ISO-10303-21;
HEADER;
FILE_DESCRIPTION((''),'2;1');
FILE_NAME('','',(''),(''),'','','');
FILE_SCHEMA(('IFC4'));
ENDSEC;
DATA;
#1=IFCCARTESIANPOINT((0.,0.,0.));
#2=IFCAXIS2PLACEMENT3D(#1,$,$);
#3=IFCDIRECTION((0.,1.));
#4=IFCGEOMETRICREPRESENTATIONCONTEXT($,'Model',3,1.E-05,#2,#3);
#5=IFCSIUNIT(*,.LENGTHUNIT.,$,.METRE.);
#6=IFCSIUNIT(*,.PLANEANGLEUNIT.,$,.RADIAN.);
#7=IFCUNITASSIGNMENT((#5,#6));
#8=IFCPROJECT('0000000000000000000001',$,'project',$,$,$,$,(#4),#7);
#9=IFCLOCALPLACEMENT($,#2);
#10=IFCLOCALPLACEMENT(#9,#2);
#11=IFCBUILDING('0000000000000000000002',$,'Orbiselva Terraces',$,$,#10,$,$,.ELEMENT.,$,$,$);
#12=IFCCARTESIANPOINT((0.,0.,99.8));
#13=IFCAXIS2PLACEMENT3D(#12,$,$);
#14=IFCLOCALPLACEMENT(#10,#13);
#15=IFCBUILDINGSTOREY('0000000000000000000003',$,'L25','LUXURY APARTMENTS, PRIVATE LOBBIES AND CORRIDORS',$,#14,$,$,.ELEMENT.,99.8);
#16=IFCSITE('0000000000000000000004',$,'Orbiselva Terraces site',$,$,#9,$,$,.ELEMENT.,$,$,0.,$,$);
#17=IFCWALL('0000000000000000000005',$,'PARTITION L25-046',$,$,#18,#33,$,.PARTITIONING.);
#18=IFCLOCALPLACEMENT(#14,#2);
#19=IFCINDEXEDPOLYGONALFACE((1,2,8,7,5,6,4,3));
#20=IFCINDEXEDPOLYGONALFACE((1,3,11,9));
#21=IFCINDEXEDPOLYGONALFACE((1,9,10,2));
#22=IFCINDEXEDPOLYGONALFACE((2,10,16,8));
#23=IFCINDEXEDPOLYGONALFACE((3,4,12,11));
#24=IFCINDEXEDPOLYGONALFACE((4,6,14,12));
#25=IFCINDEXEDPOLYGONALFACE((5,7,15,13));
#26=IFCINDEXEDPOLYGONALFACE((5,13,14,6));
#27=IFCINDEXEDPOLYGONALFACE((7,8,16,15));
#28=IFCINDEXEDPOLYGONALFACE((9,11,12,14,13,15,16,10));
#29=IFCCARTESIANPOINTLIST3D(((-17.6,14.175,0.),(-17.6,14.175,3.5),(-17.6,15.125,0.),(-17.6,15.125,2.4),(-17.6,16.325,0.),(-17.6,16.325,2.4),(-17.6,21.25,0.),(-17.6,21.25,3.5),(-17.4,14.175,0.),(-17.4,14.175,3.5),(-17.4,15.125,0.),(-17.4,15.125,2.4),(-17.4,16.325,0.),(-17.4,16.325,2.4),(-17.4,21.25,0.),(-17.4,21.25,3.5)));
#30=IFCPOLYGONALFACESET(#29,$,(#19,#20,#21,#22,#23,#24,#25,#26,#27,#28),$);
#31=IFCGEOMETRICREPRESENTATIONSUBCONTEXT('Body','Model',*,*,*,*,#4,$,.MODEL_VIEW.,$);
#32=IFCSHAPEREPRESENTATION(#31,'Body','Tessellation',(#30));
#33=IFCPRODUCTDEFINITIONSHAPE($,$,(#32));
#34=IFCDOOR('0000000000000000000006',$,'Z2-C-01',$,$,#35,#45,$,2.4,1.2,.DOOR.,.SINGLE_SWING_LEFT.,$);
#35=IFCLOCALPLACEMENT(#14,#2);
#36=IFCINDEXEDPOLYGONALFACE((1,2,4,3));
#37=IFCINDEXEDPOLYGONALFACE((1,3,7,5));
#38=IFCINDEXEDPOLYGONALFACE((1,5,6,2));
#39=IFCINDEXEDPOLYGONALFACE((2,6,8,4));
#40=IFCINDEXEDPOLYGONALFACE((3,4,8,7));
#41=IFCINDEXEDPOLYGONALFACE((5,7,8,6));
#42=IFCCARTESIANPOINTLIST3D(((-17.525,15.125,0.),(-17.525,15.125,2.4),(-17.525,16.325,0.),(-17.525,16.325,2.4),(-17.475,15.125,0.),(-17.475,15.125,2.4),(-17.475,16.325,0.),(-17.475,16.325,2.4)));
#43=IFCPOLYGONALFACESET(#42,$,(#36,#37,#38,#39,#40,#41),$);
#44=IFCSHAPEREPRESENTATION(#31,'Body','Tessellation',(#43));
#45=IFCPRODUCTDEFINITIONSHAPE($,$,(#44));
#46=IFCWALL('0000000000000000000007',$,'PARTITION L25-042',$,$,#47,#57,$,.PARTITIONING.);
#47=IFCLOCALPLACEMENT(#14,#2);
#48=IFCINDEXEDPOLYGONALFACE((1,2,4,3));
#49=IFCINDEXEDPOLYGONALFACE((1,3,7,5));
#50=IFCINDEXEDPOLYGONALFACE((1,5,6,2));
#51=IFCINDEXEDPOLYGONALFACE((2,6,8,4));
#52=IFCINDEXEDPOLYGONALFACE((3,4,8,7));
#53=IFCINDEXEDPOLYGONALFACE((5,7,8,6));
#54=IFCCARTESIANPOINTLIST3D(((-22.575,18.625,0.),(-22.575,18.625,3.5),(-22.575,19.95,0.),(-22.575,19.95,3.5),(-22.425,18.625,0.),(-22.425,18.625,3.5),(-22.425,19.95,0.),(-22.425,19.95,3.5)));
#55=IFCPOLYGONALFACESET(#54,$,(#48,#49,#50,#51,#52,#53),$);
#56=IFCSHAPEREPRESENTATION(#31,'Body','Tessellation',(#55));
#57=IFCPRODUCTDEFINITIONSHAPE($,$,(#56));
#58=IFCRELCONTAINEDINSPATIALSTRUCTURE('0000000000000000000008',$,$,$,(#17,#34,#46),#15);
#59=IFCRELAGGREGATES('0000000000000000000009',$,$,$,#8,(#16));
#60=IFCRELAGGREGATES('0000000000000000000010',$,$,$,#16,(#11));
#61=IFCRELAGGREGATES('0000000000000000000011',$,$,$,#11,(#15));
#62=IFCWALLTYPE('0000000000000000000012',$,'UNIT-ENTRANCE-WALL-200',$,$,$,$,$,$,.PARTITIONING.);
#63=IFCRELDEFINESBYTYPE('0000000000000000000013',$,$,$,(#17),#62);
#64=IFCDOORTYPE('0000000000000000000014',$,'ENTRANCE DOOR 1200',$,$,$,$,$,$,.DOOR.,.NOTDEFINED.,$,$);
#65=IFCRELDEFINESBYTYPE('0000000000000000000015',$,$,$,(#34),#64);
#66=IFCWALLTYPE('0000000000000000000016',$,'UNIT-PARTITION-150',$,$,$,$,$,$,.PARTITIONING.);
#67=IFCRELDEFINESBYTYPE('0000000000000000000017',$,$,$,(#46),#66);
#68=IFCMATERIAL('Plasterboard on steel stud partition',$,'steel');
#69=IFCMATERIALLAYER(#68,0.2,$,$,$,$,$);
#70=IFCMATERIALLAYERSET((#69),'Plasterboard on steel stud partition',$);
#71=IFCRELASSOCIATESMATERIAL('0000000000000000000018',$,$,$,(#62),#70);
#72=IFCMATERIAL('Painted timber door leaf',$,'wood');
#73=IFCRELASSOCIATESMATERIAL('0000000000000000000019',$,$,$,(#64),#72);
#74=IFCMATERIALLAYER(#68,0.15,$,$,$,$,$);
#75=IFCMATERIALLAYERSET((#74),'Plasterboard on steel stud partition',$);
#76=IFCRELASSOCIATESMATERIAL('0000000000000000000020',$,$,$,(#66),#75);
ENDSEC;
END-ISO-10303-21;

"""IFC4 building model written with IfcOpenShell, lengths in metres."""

from ifc_helpers import new_model, si_unit, direction, frame, frame_2d, origin, place, context, subcontext, project, spatial, rectangle, extrude, material, layer, layer_set, type_object, element, fill, save


model = new_model("IFC4")

# Units and contexts
model_context = context("Model", 3, precision=1e-05, world=origin(), true_north=direction((0.0, 1.0)))
body_context = subcontext(model_context, "Body", "Model", "MODEL_VIEW")
ifc_project = project(units=[si_unit("LENGTHUNIT", "METRE"), si_unit("PLANEANGLEUNIT", "RADIAN")], contexts=[model_context])

# Site, building, storey
site_placement = place(None, origin())
site = spatial("IfcSite", under=ifc_project, at=site_placement, Name="Orbiselva Terraces site", CompositionType="ELEMENT", RefElevation=0.0)
building_placement = place(site_placement, origin())
building = spatial("IfcBuilding", under=site, at=building_placement, Name="Orbiselva Terraces", CompositionType="ELEMENT")
storey_placement = place(building_placement, frame((0.0, 0.0, 99.8)))
storey = spatial("IfcBuildingStorey", under=building, at=storey_placement, Name="L25", Description="LUXURY APARTMENTS, PRIVATE LOBBIES AND CORRIDORS", CompositionType="ELEMENT", Elevation=99.8)

# Wall, opening, door
ifc_material_1 = material(Name="Plasterboard on steel stud partition", Category="steel")
ifc_layer_1 = layer(ifc_material_1, 0.2)
ifc_layer_set_1 = layer_set([ifc_layer_1], Name="Plasterboard on steel stud partition")
wall_type_1 = type_object("IfcWallType", Name="UNIT-ENTRANCE-WALL-200", PredefinedType="PARTITIONING", material=ifc_layer_set_1)
wall_1_placement = place(storey_placement, frame((-17.5, 14.175, 0.0), z_axis=(0.0, 0.0, 1.0), x_axis=(0.0, 1.0, 0.0)))
wall_1 = element("IfcWall", 1, at=wall_1_placement, inside=storey, type_object=wall_type_1, Name="PARTITION L25-046", PredefinedType="PARTITIONING", context=body_context, shape_type="SweptSolid", body=[
    extrude(rectangle(XDim=7.075, YDim=0.2, at=frame_2d((3.5375, 0.0))), origin(), (0.0, 0.0, 1.0), 3.5),
])
opening_1_placement = place(wall_1_placement, frame((0.95, 0.0, 0.0)))
opening_1 = element("IfcOpeningElement", 2, at=opening_1_placement, cuts=wall_1, PredefinedType="OPENING", context=body_context, shape_type="SweptSolid", body=[
    extrude(rectangle(XDim=1.2, YDim=2.4, at=frame_2d((0.6, 1.2))), frame((0.0, 0.11, 0.0), z_axis=(0.0, -1.0, 0.0), x_axis=(1.0, 0.0, 0.0)), (0.0, 0.0, 1.0), 0.22),
])
ifc_material_2 = material(Name="Painted timber door leaf", Category="wood")
door_type_1 = type_object("IfcDoorType", Name="ENTRANCE DOOR 1200", OperationType="NOTDEFINED", PredefinedType="DOOR", material=ifc_material_2)
door_1_placement = place(opening_1_placement, origin())
door_1 = element("IfcDoor", 3, at=door_1_placement, inside=storey, type_object=door_type_1, Name="Z2-C-01", OperationType="SINGLE_SWING_LEFT", OverallHeight=2.4, OverallWidth=1.2, PredefinedType="DOOR", context=body_context, shape_type="SweptSolid", body=[
    extrude(rectangle(XDim=1.2, YDim=2.4, at=frame_2d((0.6, 1.2))), frame((0.0, 0.025, 0.0), z_axis=(0.0, -1.0, 0.0), x_axis=(1.0, 0.0, 0.0)), (0.0, 0.0, 1.0), 0.05),
])
fill(opening_1, door_1)

# Wall
ifc_layer_2 = layer(ifc_material_1, 0.15)
ifc_layer_set_2 = layer_set([ifc_layer_2], Name="Plasterboard on steel stud partition")
wall_type_2 = type_object("IfcWallType", Name="UNIT-PARTITION-150", PredefinedType="PARTITIONING", material=ifc_layer_set_2)
wall_2_placement = place(storey_placement, frame((-22.5, 18.625, 0.0), z_axis=(0.0, 0.0, 1.0), x_axis=(0.0, 1.0, 0.0)))
element("IfcWall", 4, at=wall_2_placement, inside=storey, type_object=wall_type_2, Name="PARTITION L25-042", PredefinedType="PARTITIONING", context=body_context, shape_type="SweptSolid", body=[
    extrude(rectangle(XDim=1.325, YDim=0.15, at=frame_2d((0.6625, 0.0))), origin(), (0.0, 0.0, 1.0), 3.5),
])

save(model, "model.ifc")
